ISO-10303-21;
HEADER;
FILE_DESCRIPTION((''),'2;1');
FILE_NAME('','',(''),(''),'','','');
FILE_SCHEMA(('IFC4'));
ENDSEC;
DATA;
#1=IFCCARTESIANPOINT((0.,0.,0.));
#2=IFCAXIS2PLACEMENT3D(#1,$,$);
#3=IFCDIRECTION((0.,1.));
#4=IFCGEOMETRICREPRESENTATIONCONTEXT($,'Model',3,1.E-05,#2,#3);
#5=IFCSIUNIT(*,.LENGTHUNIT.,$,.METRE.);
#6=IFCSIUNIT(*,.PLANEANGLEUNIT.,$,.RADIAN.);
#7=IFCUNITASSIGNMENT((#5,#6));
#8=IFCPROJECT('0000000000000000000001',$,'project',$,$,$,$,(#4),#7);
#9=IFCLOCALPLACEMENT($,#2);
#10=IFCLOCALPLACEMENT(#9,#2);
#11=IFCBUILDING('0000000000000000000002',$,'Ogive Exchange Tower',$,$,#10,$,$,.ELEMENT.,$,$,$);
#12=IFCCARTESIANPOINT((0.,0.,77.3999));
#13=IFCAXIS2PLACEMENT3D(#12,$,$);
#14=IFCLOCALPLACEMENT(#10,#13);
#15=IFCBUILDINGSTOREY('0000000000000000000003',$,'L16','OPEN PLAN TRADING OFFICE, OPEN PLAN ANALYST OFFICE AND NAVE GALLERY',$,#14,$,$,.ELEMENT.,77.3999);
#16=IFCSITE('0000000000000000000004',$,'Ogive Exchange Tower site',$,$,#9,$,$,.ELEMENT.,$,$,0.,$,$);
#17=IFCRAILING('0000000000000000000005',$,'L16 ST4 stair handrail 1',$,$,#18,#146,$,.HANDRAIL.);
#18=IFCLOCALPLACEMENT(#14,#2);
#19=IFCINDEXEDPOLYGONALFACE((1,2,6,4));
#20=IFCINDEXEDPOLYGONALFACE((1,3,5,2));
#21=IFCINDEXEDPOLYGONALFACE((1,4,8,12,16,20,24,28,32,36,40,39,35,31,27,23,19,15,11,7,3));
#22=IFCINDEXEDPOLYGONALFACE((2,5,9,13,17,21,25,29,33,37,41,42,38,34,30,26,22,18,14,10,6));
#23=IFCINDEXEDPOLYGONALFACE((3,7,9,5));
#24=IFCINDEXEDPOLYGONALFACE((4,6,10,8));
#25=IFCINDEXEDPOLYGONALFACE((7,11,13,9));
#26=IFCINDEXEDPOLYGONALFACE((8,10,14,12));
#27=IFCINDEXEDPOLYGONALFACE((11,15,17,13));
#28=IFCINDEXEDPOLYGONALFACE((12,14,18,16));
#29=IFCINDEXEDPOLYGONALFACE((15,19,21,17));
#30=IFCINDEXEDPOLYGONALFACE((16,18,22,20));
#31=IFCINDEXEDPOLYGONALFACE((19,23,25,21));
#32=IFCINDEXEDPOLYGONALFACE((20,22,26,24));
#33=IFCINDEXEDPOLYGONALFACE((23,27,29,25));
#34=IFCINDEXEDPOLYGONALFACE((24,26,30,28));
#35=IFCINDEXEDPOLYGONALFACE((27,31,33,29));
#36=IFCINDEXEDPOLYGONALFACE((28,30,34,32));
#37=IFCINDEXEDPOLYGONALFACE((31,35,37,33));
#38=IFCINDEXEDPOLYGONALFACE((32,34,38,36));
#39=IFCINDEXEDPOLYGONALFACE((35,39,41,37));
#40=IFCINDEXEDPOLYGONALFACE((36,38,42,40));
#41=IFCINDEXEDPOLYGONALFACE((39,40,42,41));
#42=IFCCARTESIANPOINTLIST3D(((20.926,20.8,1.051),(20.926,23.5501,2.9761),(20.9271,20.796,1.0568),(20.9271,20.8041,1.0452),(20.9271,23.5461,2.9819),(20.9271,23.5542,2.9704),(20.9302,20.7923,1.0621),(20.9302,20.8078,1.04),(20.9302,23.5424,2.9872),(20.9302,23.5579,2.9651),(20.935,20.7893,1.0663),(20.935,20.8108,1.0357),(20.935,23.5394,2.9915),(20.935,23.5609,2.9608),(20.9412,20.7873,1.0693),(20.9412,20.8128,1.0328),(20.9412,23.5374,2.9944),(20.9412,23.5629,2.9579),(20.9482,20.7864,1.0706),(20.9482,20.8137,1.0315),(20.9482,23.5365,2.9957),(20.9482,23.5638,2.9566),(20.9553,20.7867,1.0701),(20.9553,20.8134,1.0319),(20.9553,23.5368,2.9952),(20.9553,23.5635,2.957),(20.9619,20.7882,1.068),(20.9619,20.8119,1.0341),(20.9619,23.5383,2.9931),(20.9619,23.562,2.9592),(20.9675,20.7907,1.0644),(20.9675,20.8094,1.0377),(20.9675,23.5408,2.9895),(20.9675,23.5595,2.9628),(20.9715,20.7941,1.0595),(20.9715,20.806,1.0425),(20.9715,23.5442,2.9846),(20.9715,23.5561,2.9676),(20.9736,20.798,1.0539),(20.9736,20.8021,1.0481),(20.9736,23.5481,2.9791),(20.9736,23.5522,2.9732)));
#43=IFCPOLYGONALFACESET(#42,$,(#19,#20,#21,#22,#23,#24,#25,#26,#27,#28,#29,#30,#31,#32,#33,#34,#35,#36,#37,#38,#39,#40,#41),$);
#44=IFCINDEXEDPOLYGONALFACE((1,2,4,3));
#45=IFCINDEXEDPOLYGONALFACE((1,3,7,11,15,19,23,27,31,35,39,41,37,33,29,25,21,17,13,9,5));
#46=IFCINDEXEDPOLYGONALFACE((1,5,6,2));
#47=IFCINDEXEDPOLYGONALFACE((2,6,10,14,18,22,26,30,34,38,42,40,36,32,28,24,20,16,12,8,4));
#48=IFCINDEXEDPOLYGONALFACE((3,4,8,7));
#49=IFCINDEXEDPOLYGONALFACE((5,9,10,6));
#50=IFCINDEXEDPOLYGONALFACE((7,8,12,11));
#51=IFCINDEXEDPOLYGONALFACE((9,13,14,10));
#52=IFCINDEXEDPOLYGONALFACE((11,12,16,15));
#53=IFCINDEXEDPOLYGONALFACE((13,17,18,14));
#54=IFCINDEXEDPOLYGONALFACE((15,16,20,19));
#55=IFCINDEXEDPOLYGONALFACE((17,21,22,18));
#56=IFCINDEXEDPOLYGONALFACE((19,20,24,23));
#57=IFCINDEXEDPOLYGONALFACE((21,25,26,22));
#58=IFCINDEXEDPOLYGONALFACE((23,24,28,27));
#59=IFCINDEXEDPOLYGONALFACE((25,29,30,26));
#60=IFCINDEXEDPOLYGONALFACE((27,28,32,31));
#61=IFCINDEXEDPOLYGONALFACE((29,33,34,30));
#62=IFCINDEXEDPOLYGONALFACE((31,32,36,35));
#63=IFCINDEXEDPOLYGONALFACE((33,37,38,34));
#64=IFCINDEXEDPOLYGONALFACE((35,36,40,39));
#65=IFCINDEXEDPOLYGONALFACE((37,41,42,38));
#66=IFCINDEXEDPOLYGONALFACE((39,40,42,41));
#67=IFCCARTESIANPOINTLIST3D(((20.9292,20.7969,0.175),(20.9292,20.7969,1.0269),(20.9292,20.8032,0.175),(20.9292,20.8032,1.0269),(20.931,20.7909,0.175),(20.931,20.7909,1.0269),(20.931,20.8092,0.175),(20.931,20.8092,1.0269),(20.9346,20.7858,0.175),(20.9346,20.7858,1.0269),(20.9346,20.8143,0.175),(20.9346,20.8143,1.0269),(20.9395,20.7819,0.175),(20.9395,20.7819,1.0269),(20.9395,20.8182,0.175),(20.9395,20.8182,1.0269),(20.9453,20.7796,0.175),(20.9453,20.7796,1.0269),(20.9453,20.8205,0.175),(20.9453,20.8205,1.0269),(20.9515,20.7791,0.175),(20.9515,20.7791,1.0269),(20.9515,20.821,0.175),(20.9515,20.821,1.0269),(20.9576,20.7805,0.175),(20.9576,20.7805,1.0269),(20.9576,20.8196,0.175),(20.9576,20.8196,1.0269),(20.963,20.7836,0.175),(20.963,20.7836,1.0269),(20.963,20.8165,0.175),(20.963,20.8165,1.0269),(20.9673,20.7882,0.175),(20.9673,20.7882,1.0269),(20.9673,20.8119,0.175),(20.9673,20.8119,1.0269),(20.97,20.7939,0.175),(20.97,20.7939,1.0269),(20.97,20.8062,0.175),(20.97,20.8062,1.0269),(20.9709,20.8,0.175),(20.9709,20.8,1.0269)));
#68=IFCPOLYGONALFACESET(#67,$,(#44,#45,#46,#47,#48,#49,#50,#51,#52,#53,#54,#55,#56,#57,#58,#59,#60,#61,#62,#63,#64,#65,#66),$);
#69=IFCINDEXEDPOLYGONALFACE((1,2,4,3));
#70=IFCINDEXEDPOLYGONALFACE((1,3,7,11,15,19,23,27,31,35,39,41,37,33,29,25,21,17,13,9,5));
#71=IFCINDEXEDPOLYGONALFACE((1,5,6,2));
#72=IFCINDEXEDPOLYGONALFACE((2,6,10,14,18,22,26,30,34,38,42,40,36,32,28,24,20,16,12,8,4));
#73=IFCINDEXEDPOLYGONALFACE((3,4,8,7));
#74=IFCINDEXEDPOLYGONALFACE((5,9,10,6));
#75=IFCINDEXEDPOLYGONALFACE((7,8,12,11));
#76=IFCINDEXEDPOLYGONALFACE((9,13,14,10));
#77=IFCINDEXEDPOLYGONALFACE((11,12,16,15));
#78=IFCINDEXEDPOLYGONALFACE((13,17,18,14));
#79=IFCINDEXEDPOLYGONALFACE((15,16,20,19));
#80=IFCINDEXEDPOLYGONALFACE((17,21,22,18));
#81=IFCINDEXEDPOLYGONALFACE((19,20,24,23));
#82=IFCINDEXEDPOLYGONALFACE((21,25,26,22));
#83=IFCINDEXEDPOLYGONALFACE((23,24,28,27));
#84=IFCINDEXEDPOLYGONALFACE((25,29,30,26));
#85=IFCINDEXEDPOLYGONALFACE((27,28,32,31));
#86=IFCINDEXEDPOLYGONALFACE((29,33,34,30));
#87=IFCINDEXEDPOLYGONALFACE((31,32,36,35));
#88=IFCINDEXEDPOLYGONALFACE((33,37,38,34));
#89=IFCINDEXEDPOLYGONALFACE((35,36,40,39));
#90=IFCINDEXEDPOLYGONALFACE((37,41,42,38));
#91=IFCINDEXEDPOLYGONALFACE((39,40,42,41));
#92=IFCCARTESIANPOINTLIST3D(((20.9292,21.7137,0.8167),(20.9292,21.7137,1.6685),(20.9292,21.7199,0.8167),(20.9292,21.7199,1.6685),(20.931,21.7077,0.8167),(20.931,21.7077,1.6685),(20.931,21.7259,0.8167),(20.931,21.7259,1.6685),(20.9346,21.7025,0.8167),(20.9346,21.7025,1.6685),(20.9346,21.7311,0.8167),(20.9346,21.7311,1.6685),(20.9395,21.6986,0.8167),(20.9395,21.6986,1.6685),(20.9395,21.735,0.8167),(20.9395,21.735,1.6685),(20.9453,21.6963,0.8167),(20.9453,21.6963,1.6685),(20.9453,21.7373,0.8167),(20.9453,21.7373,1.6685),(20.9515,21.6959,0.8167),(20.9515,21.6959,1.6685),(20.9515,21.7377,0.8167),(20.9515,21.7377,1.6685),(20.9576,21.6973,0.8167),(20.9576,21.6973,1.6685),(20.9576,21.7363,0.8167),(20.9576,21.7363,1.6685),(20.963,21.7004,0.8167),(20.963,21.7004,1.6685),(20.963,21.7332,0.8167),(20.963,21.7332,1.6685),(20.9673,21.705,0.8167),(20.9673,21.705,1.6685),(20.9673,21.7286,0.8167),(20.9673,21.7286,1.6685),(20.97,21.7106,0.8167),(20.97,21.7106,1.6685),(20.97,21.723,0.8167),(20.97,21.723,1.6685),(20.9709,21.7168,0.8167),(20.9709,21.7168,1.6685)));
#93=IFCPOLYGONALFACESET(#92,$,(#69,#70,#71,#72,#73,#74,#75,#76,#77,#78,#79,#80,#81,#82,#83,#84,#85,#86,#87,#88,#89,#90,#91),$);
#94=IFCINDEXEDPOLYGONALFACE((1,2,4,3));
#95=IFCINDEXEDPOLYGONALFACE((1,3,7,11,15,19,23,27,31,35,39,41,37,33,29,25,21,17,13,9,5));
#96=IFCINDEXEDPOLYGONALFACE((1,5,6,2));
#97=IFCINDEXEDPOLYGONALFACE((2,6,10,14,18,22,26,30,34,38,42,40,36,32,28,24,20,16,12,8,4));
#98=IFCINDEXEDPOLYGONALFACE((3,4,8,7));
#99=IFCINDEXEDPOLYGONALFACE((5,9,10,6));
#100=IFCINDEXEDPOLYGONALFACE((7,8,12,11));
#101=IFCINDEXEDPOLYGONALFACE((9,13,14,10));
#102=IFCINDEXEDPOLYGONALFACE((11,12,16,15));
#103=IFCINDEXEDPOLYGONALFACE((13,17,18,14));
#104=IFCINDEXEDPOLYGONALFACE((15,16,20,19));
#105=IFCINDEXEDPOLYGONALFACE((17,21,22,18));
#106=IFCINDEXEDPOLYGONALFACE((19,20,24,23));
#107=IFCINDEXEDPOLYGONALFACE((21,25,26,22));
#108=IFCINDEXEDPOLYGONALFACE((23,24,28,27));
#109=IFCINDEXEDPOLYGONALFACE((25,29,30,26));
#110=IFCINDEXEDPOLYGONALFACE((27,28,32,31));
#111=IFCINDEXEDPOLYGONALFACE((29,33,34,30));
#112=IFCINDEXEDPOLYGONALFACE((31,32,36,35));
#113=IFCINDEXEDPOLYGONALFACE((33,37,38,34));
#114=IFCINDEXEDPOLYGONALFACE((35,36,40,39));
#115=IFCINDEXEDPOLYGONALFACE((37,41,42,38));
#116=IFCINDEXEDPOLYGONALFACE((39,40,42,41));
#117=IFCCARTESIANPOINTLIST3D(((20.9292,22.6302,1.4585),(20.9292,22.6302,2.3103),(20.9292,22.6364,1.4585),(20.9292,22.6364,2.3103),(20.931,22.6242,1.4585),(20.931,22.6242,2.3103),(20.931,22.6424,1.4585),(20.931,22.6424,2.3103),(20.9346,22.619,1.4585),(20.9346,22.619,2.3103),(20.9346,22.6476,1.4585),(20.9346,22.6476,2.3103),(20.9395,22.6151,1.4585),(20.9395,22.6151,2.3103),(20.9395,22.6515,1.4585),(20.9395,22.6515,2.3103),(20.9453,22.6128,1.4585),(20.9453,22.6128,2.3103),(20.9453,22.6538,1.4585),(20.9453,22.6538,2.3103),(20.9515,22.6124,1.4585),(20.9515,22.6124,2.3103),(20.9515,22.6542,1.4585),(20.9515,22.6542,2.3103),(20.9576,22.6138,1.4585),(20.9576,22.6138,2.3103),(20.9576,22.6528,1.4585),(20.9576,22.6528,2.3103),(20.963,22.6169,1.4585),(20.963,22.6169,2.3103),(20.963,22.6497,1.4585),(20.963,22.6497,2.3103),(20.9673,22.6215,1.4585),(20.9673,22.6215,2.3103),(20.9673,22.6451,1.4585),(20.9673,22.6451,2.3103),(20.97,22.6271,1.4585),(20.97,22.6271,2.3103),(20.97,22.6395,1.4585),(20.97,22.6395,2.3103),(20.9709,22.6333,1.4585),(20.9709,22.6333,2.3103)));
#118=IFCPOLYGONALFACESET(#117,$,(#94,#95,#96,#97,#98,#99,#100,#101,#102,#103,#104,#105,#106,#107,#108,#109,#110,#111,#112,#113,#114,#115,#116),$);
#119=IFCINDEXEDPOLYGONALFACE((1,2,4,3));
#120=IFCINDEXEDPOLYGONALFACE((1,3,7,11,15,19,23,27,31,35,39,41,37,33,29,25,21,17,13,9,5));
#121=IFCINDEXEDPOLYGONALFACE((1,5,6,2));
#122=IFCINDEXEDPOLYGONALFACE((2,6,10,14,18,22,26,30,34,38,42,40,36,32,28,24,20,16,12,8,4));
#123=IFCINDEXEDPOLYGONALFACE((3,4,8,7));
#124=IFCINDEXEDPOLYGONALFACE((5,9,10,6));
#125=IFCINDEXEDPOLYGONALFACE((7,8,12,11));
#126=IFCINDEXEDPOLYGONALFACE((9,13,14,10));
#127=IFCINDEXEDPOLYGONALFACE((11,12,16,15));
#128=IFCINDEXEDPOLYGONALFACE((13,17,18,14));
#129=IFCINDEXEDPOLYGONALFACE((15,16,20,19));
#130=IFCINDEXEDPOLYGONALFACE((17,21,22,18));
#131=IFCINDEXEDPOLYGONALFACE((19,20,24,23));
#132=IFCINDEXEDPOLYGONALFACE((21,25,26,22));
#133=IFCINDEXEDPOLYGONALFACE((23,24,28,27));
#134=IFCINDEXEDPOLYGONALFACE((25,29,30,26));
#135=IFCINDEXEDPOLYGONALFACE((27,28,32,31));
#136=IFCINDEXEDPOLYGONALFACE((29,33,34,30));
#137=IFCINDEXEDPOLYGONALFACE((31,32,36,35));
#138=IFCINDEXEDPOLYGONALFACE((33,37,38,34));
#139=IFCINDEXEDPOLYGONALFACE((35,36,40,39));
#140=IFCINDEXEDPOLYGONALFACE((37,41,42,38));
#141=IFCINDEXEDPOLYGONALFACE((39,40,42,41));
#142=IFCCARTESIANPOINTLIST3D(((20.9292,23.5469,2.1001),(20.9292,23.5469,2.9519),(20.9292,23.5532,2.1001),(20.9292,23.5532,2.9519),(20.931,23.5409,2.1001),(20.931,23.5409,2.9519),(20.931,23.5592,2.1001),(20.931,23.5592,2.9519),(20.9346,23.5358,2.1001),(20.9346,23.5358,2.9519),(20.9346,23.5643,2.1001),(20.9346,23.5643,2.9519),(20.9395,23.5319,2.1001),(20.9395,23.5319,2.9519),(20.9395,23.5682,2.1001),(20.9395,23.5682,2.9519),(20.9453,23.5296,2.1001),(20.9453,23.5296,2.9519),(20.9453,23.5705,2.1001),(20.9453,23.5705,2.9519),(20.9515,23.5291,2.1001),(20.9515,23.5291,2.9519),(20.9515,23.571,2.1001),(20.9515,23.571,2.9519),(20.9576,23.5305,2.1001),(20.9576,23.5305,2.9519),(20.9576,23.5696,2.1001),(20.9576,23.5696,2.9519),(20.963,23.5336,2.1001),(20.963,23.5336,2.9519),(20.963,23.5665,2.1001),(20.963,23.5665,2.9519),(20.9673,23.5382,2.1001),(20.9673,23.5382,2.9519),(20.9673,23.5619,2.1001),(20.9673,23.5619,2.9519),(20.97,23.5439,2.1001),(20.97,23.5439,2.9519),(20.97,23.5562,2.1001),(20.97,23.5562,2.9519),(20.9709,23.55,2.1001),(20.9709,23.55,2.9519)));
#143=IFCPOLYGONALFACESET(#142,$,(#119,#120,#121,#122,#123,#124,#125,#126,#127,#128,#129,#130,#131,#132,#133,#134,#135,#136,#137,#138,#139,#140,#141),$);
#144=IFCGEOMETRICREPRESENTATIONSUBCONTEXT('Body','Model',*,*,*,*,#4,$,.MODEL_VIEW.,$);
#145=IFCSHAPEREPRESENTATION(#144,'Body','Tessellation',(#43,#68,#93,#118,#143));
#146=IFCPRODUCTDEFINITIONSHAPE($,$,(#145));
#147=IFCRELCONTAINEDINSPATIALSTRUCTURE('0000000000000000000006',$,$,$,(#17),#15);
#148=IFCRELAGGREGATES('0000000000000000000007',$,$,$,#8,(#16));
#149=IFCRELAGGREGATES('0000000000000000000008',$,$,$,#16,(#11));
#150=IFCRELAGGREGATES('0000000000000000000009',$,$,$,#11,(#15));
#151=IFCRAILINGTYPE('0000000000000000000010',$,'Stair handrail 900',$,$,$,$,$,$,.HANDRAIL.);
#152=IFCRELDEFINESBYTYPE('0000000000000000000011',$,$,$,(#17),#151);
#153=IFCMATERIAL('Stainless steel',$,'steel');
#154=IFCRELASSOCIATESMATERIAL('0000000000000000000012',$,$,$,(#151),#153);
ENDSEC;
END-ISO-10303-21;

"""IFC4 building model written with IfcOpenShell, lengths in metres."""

from ifc_helpers import new_model, si_unit, direction, frame, origin, origin_2d, place, context, subcontext, project, spatial, circle, extrude, material, type_object, element, save


model = new_model("IFC4")

# Units and contexts
model_context = context("Model", 3, precision=1e-05, world=origin(), true_north=direction((0.0, 1.0)))
body_context = subcontext(model_context, "Body", "Model", "MODEL_VIEW")
ifc_project = project(units=[si_unit("LENGTHUNIT", "METRE"), si_unit("PLANEANGLEUNIT", "RADIAN")], contexts=[model_context])

# Site, building, storey
site_placement = place(None, origin())
site = spatial("IfcSite", under=ifc_project, at=site_placement, Name="Ogive Exchange Tower site", CompositionType="ELEMENT", RefElevation=0.0)
building_placement = place(site_placement, origin())
building = spatial("IfcBuilding", under=site, at=building_placement, Name="Ogive Exchange Tower", CompositionType="ELEMENT")
storey_placement = place(building_placement, frame((0.0, 0.0, 77.3999)))
storey = spatial("IfcBuildingStorey", under=building, at=storey_placement, Name="L16", Description="OPEN PLAN TRADING OFFICE, OPEN PLAN ANALYST OFFICE AND NAVE GALLERY", CompositionType="ELEMENT", Elevation=77.3999)

# Railing
ifc_material_1 = material(Name="Stainless steel", Category="steel")
railing_type = type_object("IfcRailingType", Name="Stair handrail 900", PredefinedType="HANDRAIL", material=ifc_material_1)
railing_1_placement = place(storey_placement, frame((20.95, 20.8, 0.175)))
element("IfcRailing", 1, at=railing_1_placement, inside=storey, type_object=railing_type, Name="L16 ST4 stair handrail 1", PredefinedType="HANDRAIL", context=body_context, shape_type="SweptSolid", body=[
    extrude(circle(Radius=0.0239, at=origin_2d()), frame((0.0, 0.0, 0.876), z_axis=(0.0, 0.819225, 0.573472), x_axis=(-1.0, 0.0, 0.0)), (0.0, 0.0, 1.0), 3.3569),
    extrude(circle(Radius=0.021, at=origin_2d()), origin(), (0.0, 0.0, 1.0), 0.8518),
    extrude(circle(Radius=0.021, at=origin_2d()), frame((0.0, 0.9167, 0.6416)), (0.0, 0.0, 1.0), 0.8518),
    extrude(circle(Radius=0.021, at=origin_2d()), frame((0.0, 1.8333, 1.2834)), (0.0, 0.0, 1.0), 0.8518),
    extrude(circle(Radius=0.021, at=origin_2d()), frame((0.0, 2.75, 1.925)), (0.0, 0.0, 1.0), 0.8518),
])

save(model, "model.ifc")
